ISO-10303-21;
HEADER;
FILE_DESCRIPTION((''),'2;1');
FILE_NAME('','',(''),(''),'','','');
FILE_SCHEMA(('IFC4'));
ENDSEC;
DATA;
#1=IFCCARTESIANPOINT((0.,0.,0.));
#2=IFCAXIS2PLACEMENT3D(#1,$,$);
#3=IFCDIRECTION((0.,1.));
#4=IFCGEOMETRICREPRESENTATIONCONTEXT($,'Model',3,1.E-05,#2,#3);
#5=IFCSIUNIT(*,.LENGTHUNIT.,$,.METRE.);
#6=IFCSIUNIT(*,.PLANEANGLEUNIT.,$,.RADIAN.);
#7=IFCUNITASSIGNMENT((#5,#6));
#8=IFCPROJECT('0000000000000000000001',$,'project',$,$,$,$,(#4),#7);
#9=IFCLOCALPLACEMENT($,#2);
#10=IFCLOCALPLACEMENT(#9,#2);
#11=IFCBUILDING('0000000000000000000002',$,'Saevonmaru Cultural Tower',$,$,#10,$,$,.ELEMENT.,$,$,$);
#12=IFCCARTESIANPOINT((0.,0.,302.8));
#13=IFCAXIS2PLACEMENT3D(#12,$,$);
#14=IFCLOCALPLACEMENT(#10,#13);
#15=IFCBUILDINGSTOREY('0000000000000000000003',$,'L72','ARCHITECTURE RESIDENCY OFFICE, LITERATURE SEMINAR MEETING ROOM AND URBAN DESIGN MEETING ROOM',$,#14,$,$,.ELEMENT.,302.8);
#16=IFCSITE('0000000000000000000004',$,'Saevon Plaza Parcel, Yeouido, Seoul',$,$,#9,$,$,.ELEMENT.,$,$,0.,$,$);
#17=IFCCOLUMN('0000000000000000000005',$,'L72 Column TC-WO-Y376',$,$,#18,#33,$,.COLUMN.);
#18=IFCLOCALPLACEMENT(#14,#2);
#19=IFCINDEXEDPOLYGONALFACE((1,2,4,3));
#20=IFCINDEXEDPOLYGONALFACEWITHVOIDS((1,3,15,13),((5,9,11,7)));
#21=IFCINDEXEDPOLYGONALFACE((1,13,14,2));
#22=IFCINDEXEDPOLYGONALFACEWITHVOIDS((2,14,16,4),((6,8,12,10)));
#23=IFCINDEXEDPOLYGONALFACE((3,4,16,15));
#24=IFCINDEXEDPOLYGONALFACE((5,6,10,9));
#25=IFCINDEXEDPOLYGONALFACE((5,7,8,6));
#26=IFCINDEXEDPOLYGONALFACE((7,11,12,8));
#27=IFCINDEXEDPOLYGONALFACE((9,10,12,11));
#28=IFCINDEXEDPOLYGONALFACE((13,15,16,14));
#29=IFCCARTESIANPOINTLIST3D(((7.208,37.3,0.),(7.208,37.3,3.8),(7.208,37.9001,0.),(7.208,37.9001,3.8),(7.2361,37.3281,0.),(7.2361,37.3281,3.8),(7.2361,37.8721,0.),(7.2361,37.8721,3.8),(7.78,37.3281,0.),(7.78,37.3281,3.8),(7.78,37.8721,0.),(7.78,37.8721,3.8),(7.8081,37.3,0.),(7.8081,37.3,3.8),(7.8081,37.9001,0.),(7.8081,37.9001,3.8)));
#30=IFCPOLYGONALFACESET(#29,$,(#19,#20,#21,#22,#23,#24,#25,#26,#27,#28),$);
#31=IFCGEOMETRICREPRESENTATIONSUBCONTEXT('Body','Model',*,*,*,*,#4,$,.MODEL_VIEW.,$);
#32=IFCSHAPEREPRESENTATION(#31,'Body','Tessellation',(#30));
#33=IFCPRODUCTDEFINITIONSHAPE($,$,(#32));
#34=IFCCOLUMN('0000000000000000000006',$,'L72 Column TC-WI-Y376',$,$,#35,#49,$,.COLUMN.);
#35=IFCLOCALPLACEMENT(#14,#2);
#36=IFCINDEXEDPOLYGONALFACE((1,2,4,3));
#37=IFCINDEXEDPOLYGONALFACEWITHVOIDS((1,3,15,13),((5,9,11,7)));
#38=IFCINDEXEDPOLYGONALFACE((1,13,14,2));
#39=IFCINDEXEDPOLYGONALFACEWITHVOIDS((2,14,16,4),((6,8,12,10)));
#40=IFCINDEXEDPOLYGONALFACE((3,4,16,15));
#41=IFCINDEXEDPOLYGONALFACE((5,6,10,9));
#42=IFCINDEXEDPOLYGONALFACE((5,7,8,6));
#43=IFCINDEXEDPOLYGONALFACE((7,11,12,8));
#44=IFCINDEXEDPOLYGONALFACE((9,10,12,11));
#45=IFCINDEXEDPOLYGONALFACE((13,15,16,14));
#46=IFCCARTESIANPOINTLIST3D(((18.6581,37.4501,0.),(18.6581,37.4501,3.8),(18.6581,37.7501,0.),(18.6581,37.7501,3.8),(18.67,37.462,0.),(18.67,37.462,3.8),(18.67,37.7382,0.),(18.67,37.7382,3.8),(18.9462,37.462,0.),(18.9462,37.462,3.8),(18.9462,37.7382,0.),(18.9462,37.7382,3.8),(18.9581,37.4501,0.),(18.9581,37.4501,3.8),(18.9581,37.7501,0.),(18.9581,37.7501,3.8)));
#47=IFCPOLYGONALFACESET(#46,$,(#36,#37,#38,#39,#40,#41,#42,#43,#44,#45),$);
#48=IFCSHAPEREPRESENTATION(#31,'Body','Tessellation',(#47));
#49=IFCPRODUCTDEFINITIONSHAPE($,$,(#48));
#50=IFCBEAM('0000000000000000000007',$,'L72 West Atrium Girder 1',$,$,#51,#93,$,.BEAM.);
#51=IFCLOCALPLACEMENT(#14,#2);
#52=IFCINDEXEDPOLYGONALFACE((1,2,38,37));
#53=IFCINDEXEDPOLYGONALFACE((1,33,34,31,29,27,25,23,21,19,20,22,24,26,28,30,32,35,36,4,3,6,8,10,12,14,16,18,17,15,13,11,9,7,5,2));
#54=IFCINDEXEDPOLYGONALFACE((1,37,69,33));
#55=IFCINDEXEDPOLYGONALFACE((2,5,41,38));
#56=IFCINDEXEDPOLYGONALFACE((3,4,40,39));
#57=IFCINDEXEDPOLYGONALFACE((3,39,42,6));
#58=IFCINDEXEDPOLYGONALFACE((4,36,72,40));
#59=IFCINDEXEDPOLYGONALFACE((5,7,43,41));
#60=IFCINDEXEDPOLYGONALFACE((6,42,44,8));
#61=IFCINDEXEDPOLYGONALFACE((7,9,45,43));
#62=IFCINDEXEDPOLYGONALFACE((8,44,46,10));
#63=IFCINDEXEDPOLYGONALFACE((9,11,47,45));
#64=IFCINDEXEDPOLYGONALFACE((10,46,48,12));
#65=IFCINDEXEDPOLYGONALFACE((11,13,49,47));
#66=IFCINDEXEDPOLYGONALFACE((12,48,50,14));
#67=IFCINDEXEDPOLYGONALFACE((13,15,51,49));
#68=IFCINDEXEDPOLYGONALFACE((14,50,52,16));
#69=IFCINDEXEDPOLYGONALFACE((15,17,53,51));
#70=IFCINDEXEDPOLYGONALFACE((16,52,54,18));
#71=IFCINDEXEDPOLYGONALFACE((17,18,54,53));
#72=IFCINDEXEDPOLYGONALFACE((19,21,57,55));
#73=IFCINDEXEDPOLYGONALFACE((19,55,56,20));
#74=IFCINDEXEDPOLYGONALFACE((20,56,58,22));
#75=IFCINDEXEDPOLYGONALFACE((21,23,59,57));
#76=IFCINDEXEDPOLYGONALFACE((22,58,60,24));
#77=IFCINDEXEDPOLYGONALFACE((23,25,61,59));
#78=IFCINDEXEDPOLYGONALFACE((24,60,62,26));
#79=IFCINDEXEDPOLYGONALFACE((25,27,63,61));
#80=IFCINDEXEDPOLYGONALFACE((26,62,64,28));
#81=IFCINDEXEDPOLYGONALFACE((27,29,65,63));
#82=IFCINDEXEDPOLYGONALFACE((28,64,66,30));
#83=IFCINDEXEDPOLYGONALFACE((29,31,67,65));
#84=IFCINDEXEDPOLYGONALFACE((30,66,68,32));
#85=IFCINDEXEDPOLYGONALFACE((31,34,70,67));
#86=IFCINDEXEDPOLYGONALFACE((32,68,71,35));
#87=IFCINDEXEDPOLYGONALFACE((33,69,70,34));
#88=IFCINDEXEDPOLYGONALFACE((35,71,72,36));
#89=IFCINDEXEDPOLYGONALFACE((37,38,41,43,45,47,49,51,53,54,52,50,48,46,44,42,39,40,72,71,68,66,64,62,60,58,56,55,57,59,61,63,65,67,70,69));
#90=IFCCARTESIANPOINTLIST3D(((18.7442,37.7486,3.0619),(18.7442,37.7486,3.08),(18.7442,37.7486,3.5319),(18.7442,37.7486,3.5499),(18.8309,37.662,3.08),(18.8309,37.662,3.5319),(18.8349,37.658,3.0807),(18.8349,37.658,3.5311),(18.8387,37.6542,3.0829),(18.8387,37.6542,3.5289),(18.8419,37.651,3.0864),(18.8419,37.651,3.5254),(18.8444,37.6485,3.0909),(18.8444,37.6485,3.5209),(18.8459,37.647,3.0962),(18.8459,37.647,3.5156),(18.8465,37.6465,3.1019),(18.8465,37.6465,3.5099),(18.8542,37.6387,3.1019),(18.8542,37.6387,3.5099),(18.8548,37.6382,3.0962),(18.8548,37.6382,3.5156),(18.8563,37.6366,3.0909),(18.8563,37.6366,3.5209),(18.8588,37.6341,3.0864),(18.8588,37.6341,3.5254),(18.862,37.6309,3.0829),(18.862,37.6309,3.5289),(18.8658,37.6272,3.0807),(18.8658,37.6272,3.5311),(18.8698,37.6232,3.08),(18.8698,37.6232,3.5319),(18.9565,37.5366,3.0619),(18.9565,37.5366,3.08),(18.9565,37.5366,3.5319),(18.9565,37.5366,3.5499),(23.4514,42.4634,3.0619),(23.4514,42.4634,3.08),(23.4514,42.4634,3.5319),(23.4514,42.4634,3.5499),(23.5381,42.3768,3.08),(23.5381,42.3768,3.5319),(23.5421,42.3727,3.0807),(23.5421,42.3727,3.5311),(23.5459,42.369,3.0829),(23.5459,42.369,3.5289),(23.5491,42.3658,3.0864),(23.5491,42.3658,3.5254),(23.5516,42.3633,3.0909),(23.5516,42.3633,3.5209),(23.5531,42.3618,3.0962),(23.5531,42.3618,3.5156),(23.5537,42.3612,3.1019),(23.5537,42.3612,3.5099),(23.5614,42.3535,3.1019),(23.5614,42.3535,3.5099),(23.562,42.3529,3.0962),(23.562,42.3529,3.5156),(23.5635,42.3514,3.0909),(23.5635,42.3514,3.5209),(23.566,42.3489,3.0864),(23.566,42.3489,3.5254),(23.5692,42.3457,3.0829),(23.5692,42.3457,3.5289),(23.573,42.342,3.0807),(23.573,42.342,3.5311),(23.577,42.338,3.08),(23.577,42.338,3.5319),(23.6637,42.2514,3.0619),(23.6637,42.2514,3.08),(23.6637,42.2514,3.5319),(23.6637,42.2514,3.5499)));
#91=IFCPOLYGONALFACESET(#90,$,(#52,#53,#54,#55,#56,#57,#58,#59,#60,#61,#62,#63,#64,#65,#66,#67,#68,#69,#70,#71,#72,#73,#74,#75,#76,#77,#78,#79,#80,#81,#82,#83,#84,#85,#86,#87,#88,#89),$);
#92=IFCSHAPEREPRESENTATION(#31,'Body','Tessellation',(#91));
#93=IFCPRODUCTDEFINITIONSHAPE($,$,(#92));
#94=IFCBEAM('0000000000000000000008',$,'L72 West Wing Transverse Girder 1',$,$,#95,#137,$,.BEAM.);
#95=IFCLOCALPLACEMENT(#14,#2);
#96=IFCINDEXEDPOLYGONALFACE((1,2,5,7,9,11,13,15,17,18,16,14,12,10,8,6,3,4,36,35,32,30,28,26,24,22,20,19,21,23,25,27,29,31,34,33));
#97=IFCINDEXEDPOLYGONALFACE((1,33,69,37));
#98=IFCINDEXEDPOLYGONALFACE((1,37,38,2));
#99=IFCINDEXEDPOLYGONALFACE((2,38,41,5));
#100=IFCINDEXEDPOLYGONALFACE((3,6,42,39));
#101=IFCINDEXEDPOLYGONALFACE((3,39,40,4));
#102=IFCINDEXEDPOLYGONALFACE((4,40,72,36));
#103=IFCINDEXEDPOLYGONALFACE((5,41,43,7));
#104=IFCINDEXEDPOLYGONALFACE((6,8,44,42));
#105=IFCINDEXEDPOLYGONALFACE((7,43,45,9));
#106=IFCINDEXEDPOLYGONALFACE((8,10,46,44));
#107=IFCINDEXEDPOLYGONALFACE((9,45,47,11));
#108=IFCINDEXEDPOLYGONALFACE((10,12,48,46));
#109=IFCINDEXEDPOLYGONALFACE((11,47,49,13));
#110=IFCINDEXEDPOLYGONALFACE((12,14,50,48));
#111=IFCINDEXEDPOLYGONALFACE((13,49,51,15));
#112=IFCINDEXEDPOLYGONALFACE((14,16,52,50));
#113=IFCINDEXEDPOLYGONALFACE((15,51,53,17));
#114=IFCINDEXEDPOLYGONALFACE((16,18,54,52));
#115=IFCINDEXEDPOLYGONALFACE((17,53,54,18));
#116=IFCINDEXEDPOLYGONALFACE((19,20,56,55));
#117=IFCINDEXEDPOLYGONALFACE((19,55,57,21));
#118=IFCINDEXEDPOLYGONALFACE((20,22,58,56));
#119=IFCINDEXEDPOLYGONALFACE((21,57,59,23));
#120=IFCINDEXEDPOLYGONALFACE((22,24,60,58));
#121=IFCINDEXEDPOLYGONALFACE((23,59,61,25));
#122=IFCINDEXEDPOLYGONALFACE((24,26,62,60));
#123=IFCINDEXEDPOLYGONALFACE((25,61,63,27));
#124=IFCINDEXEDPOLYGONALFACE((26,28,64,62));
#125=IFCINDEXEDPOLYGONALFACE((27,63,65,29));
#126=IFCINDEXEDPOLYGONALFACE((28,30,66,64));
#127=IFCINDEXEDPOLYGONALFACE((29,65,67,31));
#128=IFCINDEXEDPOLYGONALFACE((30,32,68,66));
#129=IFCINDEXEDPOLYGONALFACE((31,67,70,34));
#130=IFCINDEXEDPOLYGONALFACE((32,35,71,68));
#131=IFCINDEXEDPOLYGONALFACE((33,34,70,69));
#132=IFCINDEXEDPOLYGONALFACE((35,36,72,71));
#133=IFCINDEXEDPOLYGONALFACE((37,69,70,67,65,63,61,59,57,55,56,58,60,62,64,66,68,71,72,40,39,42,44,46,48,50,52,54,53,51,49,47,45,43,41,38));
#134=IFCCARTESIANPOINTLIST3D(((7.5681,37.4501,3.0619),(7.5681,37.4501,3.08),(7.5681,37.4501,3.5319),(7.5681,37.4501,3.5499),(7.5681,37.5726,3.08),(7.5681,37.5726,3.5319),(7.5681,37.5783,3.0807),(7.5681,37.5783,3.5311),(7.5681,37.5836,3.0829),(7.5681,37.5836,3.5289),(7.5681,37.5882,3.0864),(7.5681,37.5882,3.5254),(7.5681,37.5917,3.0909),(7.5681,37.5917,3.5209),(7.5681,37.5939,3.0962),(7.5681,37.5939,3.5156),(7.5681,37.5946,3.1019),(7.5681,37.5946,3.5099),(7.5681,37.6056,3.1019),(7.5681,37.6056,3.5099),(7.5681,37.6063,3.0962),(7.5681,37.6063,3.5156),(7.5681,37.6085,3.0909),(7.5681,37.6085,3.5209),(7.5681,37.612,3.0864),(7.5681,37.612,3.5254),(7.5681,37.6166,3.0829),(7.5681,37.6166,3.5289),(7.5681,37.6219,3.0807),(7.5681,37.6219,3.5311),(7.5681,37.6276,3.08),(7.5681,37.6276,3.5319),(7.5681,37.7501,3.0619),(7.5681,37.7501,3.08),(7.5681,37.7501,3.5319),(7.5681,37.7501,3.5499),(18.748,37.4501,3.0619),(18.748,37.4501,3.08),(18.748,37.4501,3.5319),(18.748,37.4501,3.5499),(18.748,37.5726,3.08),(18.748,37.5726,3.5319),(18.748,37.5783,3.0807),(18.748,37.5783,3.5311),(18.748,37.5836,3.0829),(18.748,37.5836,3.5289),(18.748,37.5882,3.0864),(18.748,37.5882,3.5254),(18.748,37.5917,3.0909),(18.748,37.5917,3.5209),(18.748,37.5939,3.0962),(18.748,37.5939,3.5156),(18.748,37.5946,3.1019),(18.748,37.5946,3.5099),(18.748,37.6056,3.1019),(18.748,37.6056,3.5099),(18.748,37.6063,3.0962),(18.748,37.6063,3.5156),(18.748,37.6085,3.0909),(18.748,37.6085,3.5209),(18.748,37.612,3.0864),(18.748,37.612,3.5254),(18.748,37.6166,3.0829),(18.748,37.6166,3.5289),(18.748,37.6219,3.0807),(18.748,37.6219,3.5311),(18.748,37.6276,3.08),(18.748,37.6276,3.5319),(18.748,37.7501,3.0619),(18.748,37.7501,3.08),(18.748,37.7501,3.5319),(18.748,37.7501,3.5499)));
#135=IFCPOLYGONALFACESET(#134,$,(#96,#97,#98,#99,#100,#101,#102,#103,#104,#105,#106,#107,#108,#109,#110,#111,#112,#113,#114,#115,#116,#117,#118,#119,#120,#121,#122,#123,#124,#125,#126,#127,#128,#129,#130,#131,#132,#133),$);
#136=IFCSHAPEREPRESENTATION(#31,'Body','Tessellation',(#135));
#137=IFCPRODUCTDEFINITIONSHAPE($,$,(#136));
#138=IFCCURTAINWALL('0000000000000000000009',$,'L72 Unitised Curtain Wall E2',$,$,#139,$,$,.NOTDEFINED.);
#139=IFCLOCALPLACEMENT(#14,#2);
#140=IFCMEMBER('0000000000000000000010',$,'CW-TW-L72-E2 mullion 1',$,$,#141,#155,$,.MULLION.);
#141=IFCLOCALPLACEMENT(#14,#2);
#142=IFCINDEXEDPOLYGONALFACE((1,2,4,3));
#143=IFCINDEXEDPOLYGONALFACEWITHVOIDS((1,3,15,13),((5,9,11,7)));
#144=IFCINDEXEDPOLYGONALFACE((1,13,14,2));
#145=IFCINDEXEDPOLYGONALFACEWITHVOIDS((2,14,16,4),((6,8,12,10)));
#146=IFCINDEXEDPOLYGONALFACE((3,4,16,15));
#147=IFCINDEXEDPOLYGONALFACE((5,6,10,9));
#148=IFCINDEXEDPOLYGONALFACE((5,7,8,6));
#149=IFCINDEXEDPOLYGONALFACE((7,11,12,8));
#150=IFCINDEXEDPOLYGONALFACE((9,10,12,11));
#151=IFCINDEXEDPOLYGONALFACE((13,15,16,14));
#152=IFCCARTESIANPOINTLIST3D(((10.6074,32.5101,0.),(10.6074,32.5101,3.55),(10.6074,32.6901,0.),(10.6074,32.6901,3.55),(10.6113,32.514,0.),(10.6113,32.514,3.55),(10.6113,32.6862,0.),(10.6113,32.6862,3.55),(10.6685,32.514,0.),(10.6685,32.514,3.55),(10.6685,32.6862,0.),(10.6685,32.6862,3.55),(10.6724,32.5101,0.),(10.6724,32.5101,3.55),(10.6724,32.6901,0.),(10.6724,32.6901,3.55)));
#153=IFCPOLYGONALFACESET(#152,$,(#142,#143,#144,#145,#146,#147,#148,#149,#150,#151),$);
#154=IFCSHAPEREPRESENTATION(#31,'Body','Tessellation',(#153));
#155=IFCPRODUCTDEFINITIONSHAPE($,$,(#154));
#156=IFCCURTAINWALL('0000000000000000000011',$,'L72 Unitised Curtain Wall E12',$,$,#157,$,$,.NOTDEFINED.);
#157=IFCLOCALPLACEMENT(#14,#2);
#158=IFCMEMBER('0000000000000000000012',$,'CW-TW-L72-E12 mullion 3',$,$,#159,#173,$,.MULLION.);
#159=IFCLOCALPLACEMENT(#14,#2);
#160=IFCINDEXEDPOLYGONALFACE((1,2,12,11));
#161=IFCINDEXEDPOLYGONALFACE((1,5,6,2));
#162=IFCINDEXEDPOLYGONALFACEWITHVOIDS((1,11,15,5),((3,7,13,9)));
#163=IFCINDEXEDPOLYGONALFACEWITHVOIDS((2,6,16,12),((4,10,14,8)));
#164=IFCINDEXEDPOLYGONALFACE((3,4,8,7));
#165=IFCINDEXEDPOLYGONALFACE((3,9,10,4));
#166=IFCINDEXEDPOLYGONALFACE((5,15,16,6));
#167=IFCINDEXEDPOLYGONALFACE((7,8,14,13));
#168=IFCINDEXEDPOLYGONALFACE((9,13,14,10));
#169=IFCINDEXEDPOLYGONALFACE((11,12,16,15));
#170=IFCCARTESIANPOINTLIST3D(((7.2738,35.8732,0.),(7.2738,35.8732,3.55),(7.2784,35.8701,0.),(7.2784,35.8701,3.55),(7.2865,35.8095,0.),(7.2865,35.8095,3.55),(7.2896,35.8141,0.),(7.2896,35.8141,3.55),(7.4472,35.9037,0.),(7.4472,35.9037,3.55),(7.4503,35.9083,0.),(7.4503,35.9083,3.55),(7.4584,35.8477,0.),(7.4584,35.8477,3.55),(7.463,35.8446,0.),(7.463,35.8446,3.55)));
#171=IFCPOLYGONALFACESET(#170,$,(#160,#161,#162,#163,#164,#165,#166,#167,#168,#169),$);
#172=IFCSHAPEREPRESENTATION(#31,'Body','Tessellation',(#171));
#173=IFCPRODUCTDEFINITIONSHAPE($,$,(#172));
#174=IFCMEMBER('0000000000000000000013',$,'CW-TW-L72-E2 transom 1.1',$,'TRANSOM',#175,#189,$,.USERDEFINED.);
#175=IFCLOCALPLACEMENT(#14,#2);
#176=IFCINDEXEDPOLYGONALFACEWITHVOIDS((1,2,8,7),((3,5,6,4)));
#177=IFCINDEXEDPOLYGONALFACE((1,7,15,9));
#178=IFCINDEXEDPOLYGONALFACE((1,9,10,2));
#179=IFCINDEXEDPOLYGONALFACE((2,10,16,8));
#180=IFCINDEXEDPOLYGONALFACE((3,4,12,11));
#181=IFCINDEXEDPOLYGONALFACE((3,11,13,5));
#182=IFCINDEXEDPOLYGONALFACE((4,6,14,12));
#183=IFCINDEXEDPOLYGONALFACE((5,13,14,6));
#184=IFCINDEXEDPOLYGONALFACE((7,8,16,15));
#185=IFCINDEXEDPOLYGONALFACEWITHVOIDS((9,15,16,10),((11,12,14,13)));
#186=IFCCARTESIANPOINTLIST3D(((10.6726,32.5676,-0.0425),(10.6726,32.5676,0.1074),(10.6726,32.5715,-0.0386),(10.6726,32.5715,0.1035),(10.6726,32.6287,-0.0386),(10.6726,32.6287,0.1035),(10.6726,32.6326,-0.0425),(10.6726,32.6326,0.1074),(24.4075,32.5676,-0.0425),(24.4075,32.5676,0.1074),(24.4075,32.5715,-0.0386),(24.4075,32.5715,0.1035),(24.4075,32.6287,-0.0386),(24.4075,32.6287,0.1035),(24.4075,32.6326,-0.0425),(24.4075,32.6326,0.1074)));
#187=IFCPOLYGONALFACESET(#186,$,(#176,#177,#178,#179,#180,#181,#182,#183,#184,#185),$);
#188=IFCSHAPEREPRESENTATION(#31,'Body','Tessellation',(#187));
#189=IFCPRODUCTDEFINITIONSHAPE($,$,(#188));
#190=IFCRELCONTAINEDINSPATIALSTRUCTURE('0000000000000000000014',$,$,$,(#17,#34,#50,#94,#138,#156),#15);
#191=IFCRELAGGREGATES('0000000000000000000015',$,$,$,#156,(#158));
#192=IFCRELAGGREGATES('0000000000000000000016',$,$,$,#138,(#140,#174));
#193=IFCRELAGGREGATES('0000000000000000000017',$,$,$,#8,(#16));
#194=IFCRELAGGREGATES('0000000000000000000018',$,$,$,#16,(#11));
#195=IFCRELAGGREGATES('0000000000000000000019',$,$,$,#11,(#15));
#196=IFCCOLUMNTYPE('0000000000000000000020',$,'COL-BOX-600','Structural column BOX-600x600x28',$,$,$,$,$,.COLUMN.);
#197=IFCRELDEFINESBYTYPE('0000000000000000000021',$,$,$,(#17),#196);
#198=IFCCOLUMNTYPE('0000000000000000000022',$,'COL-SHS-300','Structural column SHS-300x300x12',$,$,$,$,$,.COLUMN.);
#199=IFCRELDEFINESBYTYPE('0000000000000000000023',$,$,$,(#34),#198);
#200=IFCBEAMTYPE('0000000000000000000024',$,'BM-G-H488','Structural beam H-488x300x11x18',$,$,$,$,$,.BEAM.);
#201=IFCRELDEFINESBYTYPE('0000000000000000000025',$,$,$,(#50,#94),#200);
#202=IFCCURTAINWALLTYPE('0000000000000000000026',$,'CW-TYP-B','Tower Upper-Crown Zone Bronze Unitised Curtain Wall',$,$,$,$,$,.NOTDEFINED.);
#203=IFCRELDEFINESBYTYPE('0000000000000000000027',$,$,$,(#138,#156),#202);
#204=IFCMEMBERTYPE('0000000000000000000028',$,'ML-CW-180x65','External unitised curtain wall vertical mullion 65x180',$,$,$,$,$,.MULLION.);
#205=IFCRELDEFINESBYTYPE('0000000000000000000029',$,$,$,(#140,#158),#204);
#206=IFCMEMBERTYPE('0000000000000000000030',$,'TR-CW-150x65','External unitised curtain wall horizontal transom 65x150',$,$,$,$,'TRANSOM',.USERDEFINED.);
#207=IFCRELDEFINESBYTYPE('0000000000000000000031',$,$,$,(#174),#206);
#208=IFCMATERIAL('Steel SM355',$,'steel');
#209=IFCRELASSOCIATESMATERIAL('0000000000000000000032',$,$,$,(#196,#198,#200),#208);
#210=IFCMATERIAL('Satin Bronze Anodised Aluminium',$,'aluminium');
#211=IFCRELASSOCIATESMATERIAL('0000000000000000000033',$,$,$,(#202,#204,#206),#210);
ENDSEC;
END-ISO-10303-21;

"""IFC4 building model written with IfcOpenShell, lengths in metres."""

from ifc_helpers import new_model, si_unit, direction, frame, origin, origin_2d, place, context, subcontext, project, spatial, hollow_rectangle, i_section, extrude, material, material_profile, profile_set, type_object, element, aggregate, save


model = new_model("IFC4")

# Units and contexts
model_context = context("Model", 3, precision=1e-05, world=origin(), true_north=direction((0.0, 1.0)))
body_context = subcontext(model_context, "Body", "Model", "MODEL_VIEW")
ifc_project = project(units=[si_unit("LENGTHUNIT", "METRE"), si_unit("PLANEANGLEUNIT", "RADIAN")], contexts=[model_context])

# Site, building, storey
site_placement = place(None, origin())
site = spatial("IfcSite", under=ifc_project, at=site_placement, Name="Saevon Plaza Parcel, Yeouido, Seoul", CompositionType="ELEMENT", RefElevation=0.0)
building_placement = place(site_placement, origin())
building = spatial("IfcBuilding", under=site, at=building_placement, Name="Saevonmaru Cultural Tower", CompositionType="ELEMENT")
storey_placement = place(building_placement, frame((0.0, 0.0, 302.8)))
storey = spatial("IfcBuildingStorey", under=building, at=storey_placement, Name="L72", Description="ARCHITECTURE RESIDENCY OFFICE, LITERATURE SEMINAR MEETING ROOM AND URBAN DESIGN MEETING ROOM", CompositionType="ELEMENT", Elevation=302.8)

# Columns
ifc_material_1 = material(Name="Steel SM355", Category="steel")
ifc_material_profile_1 = material_profile(ifc_material_1, hollow_rectangle(XDim=0.6001, YDim=0.6001, WallThickness=0.0281, at=origin_2d()), Name="BOX-600x600x28")
ifc_profile_set_1 = profile_set([ifc_material_profile_1], Name="Steel SM355")
column_type_1 = type_object("IfcColumnType", Name="COL-BOX-600", Description="Structural column BOX-600x600x28", PredefinedType="COLUMN", material=ifc_profile_set_1)
column_1_placement = place(storey_placement, frame((7.5081, 37.6001, 0.0), z_axis=(0.0, 0.0, 1.0), x_axis=(1.0, 0.0, 0.0)))
element("IfcColumn", 1, at=column_1_placement, inside=storey, type_object=column_type_1, Name="L72 Column TC-WO-Y376", PredefinedType="COLUMN", context=body_context, shape_type="SweptSolid", body=[
    extrude(hollow_rectangle(XDim=0.6001, YDim=0.6001, WallThickness=0.0281, at=origin_2d()), origin(), (0.0, 0.0, 1.0), 3.8),
])
ifc_material_profile_2 = material_profile(ifc_material_1, hollow_rectangle(XDim=0.3, YDim=0.3, WallThickness=0.012, at=origin_2d()), Name="SHS-300x300x12")
ifc_profile_set_2 = profile_set([ifc_material_profile_2], Name="Steel SM355")
column_type_2 = type_object("IfcColumnType", Name="COL-SHS-300", Description="Structural column SHS-300x300x12", PredefinedType="COLUMN", material=ifc_profile_set_2)
column_2_placement = place(storey_placement, frame((18.8081, 37.6001, 0.0), z_axis=(0.0, 0.0, 1.0), x_axis=(1.0, 0.0, 0.0)))
element("IfcColumn", 2, at=column_2_placement, inside=storey, type_object=column_type_2, Name="L72 Column TC-WI-Y376", PredefinedType="COLUMN", context=body_context, shape_type="SweptSolid", body=[
    extrude(hollow_rectangle(XDim=0.3, YDim=0.3, WallThickness=0.012, at=origin_2d()), origin(), (0.0, 0.0, 1.0), 3.8),
])

# Beams
ifc_material_profile_3 = material_profile(ifc_material_1, i_section(OverallWidth=0.3, OverallDepth=0.488, WebThickness=0.011, FlangeThickness=0.0181, FilletRadius=0.022, at=origin_2d()), Name="H-488x300x11x18")
ifc_profile_set_3 = profile_set([ifc_material_profile_3], Name="Steel SM355")
beam_type = type_object("IfcBeamType", Name="BM-G-H488", Description="Structural beam H-488x300x11x18", PredefinedType="BEAM", material=ifc_profile_set_3)
beam_1_placement = place(storey_placement, frame((18.8503, 37.6426, 3.3059), z_axis=(0.706539, 0.707675, 0.0), x_axis=(-0.707675, 0.706539, 0.0)))
element("IfcBeam", 3, at=beam_1_placement, inside=storey, type_object=beam_type, Name="L72 West Atrium Girder 1", PredefinedType="BEAM", context=body_context, shape_type="SweptSolid", body=[
    extrude(i_section(OverallWidth=0.3, OverallDepth=0.488, WebThickness=0.011, FlangeThickness=0.0181, FilletRadius=0.022, at=origin_2d()), origin(), (0.0, 0.0, 1.0), 6.6624),
])
beam_2_placement = place(storey_placement, frame((7.5681, 37.6001, 3.3059), z_axis=(1.0, 0.0, 0.0), x_axis=(0.0, 1.0, 0.0)))
element("IfcBeam", 4, at=beam_2_placement, inside=storey, type_object=beam_type, Name="L72 West Wing Transverse Girder 1", PredefinedType="BEAM", context=body_context, shape_type="SweptSolid", body=[
    extrude(i_section(OverallWidth=0.3, OverallDepth=0.488, WebThickness=0.011, FlangeThickness=0.0181, FilletRadius=0.022, at=origin_2d()), origin(), (0.0, 0.0, 1.0), 11.1799),
])

# Curtain walls, members
ifc_material_2 = material(Name="Satin Bronze Anodised Aluminium", Category="aluminium")
curtain_wall_type = type_object("IfcCurtainWallType", Name="CW-TYP-B", Description="Tower Upper-Crown Zone Bronze Unitised Curtain Wall", PredefinedType="NOTDEFINED", material=ifc_material_2)
curtain_wall_1_placement = place(storey_placement, origin())
curtain_wall_1 = element("IfcCurtainWall", 5, at=curtain_wall_1_placement, inside=storey, type_object=curtain_wall_type, Name="L72 Unitised Curtain Wall E2", PredefinedType="NOTDEFINED")
ifc_material_profile_4 = material_profile(ifc_material_2, hollow_rectangle(XDim=0.0649, YDim=0.1799, WallThickness=0.0039, at=origin_2d()), Name="ALU-MULL-180x65x4")
ifc_profile_set_4 = profile_set([ifc_material_profile_4], Name="Satin Bronze Anodised Aluminium")
member_type_1 = type_object("IfcMemberType", Name="ML-CW-180x65", Description="External unitised curtain wall vertical mullion 65x180", PredefinedType="MULLION", material=ifc_profile_set_4)
member_1_placement = place(storey_placement, frame((10.6399, 32.6001, 0.0), z_axis=(0.0, 0.0, 1.0), x_axis=(1.0, 0.0, 0.0)))
member_1 = element("IfcMember", 6, at=member_1_placement, type_object=member_type_1, Name="CW-TW-L72-E2 mullion 1", PredefinedType="MULLION", context=body_context, shape_type="SweptSolid", body=[
    extrude(hollow_rectangle(XDim=0.0649, YDim=0.1799, WallThickness=0.0039, at=origin_2d()), origin(), (0.0, 0.0, 1.0), 3.55),
])
curtain_wall_2_placement = place(storey_placement, origin())
curtain_wall_2 = element("IfcCurtainWall", 7, at=curtain_wall_2_placement, inside=storey, type_object=curtain_wall_type, Name="L72 Unitised Curtain Wall E12", PredefinedType="NOTDEFINED")
member_2_placement = place(storey_placement, frame((7.3684, 35.8589, 0.0), z_axis=(0.0, 0.0, 1.0), x_axis=(0.195005, -0.980802, 0.0)))
member_2 = element("IfcMember", 8, at=member_2_placement, type_object=member_type_1, Name="CW-TW-L72-E12 mullion 3", PredefinedType="MULLION", context=body_context, shape_type="SweptSolid", body=[
    extrude(hollow_rectangle(XDim=0.0649, YDim=0.1799, WallThickness=0.0039, at=origin_2d()), origin(), (0.0, 0.0, 1.0), 3.55),
])
aggregate(curtain_wall_2, [member_2])

# Member
ifc_material_profile_5 = material_profile(ifc_material_2, hollow_rectangle(XDim=0.0649, YDim=0.1499, WallThickness=0.0039, at=origin_2d()), Name="ALU-TRAN-150x65x4")
ifc_profile_set_5 = profile_set([ifc_material_profile_5], Name="Satin Bronze Anodised Aluminium")
member_type_2 = type_object("IfcMemberType", Name="TR-CW-150x65", Description="External unitised curtain wall horizontal transom 65x150", ElementType="TRANSOM", PredefinedType="USERDEFINED", material=ifc_profile_set_5)
member_3_placement = place(storey_placement, frame((10.6726, 32.6001, 0.0325), z_axis=(1.0, 0.0, 0.0), x_axis=(0.0, 1.0, 0.0)))
member_3 = element("IfcMember", 9, at=member_3_placement, type_object=member_type_2, Name="CW-TW-L72-E2 transom 1.1", ObjectType="TRANSOM", PredefinedType="USERDEFINED", context=body_context, shape_type="SweptSolid", body=[
    extrude(hollow_rectangle(XDim=0.0649, YDim=0.1499, WallThickness=0.0039, at=origin_2d()), origin(), (0.0, 0.0, 1.0), 13.7349),
])

aggregate(curtain_wall_1, [member_1, member_3])

save(model, "model.ifc")
